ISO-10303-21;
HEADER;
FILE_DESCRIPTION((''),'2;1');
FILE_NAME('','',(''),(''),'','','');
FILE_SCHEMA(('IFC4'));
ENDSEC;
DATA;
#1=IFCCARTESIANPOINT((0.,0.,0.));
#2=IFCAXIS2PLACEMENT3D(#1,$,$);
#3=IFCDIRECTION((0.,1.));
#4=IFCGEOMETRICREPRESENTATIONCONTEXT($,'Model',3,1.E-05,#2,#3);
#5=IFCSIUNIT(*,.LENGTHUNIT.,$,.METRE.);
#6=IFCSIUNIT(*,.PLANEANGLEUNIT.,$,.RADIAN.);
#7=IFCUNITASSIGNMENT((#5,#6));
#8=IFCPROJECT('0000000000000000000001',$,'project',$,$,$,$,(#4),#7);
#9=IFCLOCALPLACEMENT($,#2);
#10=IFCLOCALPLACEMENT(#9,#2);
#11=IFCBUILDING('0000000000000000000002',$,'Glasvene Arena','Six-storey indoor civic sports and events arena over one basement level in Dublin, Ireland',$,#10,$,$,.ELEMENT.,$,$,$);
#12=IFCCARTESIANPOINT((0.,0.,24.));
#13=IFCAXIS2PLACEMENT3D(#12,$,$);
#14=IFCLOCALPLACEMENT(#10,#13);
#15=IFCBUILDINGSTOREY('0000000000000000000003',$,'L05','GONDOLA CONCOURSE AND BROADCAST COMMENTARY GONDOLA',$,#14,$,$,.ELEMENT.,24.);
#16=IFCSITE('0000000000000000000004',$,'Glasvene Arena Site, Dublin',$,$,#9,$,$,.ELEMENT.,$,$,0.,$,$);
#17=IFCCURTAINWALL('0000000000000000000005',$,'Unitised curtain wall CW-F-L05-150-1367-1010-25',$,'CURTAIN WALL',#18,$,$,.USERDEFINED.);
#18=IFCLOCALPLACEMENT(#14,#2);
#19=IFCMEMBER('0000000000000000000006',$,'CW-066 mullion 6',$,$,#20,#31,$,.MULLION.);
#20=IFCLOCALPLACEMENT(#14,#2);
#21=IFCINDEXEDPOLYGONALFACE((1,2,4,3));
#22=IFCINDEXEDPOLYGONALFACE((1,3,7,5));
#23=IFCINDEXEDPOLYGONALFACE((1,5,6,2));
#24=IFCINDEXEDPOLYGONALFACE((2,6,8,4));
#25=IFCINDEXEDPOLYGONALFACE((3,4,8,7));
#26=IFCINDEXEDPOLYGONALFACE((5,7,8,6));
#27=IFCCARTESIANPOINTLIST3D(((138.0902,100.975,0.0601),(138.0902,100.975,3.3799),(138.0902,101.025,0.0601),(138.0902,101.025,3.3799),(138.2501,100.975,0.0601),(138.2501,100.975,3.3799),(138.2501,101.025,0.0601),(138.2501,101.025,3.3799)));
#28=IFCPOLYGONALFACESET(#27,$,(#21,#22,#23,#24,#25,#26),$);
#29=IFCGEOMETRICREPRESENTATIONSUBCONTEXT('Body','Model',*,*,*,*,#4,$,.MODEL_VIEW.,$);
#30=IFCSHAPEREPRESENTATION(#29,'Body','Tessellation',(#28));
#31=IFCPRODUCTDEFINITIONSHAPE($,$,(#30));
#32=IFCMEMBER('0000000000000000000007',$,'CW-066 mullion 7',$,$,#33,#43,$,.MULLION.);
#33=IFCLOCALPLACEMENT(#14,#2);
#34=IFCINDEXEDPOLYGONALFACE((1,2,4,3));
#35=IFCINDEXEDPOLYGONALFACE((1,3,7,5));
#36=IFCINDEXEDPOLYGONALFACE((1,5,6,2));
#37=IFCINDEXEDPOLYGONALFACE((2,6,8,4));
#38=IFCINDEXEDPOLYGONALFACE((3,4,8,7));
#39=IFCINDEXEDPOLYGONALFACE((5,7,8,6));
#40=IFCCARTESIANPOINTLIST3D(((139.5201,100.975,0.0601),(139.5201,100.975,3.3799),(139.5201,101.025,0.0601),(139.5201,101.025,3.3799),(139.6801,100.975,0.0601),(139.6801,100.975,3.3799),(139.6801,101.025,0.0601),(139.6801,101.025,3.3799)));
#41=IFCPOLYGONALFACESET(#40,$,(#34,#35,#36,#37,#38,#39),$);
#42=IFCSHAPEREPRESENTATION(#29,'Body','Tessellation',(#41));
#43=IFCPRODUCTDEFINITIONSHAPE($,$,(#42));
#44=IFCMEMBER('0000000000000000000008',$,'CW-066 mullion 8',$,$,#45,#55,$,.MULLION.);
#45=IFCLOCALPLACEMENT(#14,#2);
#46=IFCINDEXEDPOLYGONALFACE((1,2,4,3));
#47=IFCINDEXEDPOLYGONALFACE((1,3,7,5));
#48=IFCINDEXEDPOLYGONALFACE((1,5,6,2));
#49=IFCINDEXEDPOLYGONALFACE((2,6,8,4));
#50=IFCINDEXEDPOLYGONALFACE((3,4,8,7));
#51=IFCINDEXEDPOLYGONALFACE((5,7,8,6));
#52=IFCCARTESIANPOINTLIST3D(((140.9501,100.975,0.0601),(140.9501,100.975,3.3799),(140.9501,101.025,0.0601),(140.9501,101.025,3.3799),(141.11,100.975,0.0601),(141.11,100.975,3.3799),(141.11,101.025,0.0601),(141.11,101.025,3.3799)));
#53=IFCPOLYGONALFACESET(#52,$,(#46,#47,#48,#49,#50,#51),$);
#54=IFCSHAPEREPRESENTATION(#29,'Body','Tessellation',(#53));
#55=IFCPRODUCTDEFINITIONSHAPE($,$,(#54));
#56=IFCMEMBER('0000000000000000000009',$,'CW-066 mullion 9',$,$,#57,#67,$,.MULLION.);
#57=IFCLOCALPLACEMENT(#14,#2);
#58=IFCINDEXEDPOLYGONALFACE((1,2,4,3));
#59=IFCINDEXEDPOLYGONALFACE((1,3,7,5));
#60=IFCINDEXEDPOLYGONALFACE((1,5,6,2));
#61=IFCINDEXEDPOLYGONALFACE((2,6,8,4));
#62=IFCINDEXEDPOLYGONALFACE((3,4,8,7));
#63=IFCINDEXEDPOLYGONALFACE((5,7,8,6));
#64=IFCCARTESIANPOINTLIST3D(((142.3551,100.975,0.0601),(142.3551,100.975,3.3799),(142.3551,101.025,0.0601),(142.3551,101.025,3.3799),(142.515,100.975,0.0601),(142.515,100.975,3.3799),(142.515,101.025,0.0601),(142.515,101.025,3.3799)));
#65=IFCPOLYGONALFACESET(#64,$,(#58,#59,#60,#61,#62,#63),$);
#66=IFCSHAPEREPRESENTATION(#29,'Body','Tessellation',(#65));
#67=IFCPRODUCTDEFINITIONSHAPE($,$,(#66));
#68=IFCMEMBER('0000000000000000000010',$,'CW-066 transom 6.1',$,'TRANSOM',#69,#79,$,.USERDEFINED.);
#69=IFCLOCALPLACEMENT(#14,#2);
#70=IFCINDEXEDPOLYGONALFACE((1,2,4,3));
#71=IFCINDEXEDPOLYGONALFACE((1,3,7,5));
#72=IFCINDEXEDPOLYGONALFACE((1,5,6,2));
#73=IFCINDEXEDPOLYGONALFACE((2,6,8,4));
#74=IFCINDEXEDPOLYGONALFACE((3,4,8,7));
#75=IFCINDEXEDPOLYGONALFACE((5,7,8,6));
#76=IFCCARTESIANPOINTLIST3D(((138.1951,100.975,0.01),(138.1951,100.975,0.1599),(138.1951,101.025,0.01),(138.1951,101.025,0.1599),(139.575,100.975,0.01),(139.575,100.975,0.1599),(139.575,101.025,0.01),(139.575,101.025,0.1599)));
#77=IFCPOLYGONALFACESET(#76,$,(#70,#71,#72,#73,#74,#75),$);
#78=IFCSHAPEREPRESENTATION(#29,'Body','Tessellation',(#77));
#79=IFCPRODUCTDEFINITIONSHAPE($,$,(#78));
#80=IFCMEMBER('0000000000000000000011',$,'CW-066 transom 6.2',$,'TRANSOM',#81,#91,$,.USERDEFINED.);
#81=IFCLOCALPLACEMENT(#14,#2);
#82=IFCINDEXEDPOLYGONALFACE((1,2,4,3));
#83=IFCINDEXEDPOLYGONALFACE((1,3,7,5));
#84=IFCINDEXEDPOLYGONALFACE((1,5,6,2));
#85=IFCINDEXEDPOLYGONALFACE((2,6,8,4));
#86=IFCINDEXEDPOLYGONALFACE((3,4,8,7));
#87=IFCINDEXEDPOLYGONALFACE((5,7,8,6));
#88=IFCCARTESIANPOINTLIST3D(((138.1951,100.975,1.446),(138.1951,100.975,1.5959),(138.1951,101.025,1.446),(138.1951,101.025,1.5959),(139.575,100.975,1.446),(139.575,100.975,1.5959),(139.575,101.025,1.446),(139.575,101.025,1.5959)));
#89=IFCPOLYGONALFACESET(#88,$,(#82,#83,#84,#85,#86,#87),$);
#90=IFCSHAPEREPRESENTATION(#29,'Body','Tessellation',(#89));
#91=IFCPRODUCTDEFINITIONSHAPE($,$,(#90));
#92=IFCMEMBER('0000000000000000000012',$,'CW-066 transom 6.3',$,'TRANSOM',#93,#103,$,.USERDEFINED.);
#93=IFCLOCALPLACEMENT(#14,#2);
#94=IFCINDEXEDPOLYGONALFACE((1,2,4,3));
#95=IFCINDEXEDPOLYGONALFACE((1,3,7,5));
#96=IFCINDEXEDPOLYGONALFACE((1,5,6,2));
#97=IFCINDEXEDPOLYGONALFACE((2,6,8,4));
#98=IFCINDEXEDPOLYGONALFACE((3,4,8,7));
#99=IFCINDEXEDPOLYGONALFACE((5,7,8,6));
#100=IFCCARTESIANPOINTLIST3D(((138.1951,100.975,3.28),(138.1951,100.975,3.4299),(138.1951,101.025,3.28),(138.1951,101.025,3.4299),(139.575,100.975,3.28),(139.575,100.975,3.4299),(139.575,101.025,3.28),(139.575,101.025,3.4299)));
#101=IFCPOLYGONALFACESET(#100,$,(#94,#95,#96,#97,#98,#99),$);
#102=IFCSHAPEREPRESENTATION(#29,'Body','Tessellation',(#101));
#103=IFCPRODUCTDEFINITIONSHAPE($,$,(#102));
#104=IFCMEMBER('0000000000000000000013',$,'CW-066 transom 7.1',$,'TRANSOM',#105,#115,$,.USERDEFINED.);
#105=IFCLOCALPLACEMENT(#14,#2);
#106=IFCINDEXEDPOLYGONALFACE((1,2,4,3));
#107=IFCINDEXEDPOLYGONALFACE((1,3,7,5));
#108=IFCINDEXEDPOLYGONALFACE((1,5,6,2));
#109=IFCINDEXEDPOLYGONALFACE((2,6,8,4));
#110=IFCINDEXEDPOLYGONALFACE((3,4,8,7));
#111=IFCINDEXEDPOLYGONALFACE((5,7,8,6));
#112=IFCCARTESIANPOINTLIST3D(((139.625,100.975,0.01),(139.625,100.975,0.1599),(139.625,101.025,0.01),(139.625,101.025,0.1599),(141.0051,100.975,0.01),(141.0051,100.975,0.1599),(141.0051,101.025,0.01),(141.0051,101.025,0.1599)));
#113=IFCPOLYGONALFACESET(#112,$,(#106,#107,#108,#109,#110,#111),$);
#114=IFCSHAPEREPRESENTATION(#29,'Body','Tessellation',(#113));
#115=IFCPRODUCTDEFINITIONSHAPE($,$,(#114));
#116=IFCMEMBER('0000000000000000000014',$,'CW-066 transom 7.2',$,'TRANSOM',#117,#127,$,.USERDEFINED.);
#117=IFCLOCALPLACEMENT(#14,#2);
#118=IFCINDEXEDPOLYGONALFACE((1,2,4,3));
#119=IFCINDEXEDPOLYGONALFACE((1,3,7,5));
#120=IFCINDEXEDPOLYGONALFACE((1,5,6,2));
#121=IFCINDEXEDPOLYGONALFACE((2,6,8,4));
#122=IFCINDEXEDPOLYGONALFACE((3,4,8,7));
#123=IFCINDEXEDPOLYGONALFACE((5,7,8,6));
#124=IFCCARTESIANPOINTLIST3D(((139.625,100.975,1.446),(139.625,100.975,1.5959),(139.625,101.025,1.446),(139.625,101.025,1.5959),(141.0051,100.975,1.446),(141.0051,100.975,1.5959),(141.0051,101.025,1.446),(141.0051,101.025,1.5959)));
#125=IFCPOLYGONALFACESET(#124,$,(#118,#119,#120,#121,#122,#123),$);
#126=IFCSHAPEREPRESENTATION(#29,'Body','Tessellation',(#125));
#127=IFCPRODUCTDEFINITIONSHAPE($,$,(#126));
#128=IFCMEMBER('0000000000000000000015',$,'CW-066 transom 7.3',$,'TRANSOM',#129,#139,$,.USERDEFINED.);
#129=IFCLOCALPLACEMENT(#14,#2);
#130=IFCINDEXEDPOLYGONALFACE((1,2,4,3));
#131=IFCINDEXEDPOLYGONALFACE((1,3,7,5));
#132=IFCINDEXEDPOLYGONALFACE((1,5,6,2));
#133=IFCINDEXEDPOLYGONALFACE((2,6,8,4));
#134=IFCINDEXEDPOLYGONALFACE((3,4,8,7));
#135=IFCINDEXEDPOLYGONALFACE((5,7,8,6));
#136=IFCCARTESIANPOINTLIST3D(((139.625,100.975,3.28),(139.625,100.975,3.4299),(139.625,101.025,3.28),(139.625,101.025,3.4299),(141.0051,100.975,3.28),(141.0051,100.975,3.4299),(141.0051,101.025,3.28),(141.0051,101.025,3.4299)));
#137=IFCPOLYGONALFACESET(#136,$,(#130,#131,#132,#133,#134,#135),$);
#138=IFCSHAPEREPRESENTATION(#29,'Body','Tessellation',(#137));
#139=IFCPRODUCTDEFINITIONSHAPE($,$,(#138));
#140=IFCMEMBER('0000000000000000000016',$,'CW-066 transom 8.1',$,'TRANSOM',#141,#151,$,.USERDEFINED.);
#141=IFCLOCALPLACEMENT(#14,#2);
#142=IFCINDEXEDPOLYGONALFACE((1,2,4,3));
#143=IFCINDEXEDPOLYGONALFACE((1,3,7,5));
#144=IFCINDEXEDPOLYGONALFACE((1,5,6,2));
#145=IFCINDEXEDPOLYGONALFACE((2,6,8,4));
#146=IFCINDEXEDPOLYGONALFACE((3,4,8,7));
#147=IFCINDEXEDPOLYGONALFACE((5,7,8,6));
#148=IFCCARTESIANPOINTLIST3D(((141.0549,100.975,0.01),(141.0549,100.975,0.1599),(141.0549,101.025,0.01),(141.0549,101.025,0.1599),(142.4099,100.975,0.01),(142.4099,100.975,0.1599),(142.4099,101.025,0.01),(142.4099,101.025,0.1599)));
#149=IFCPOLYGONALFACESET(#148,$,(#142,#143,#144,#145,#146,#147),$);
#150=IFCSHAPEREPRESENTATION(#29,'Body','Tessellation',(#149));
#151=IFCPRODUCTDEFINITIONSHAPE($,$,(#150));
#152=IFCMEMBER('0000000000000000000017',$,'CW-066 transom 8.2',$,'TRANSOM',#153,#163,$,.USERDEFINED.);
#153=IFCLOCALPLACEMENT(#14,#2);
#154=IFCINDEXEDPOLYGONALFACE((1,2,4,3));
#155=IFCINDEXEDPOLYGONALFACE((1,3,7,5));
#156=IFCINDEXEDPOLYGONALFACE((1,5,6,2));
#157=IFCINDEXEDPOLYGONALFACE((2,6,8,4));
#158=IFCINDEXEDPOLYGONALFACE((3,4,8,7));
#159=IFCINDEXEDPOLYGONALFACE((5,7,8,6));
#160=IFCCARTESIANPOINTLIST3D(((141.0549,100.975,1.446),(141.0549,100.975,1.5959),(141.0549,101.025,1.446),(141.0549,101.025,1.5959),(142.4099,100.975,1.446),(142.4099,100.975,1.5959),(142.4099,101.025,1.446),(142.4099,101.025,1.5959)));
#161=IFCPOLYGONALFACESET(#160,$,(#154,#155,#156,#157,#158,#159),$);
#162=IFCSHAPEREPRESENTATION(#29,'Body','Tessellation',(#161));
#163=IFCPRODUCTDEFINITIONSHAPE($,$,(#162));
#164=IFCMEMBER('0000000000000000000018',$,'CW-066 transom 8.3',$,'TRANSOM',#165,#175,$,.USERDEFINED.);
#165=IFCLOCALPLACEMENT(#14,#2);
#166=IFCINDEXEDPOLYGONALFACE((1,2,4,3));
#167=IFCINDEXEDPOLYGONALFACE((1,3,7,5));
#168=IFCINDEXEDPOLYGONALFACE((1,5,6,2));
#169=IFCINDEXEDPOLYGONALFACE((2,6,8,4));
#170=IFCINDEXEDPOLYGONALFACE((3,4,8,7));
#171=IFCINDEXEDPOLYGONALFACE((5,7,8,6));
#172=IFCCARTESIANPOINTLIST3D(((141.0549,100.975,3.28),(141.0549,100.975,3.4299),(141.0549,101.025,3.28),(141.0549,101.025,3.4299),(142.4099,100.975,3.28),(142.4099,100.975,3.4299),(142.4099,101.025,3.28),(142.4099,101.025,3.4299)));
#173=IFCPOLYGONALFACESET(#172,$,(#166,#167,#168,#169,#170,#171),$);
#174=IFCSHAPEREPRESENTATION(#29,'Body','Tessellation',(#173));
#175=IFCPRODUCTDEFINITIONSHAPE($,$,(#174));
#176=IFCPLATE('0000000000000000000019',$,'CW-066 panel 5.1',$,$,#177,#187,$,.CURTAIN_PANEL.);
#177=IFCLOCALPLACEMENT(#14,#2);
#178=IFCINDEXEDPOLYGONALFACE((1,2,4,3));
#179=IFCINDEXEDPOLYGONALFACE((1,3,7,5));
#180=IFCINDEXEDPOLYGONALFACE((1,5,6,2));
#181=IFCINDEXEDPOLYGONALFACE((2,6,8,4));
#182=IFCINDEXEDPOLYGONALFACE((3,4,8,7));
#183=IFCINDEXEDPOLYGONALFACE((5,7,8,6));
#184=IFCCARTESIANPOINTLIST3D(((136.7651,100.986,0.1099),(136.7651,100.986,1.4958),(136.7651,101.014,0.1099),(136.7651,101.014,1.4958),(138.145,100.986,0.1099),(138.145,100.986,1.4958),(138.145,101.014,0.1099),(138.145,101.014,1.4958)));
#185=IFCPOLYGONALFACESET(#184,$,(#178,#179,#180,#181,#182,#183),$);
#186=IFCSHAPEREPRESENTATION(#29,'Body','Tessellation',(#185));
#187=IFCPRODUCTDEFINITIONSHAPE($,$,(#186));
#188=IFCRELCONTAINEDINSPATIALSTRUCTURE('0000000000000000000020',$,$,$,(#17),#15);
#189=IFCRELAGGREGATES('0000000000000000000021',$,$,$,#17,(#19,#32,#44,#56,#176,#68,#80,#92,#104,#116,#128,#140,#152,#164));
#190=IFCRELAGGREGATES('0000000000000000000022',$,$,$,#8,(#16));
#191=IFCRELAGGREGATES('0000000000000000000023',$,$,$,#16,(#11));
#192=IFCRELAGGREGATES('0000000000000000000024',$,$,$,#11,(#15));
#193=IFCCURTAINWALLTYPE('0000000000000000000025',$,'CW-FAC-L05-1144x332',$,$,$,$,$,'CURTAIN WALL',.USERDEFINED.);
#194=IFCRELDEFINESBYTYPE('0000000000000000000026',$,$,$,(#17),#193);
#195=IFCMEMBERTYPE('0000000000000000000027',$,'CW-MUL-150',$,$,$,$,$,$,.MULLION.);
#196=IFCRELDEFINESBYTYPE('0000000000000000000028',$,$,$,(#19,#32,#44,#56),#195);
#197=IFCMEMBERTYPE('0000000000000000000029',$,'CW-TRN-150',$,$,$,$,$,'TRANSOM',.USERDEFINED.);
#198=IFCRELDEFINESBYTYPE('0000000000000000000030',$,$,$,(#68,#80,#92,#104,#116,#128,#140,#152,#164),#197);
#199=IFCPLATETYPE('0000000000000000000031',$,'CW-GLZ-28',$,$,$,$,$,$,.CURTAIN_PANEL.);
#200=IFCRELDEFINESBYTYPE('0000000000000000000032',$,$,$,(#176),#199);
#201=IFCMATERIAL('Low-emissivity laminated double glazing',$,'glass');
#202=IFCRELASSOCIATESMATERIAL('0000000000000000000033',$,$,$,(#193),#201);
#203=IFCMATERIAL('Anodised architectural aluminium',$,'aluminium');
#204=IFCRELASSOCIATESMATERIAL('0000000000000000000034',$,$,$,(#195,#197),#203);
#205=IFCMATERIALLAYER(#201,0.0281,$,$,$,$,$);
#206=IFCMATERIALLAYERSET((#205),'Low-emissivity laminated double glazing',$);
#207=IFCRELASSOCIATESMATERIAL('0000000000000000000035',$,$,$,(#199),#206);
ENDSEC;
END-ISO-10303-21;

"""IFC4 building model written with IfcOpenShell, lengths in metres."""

from ifc_helpers import new_model, si_unit, direction, frame, origin, origin_2d, place, context, subcontext, project, spatial, rectangle, extrude, material, layer, layer_set, material_profile, profile_set, type_object, element, aggregate, save


model = new_model("IFC4")

# Units and contexts
model_context = context("Model", 3, precision=1e-05, world=origin(), true_north=direction((0.0, 1.0)))
body_context = subcontext(model_context, "Body", "Model", "MODEL_VIEW")
ifc_project = project(units=[si_unit("LENGTHUNIT", "METRE"), si_unit("PLANEANGLEUNIT", "RADIAN")], contexts=[model_context])

# Site, building, storey
site_placement = place(None, origin())
site = spatial("IfcSite", under=ifc_project, at=site_placement, Name="Glasvene Arena Site, Dublin", CompositionType="ELEMENT", RefElevation=0.0)
building_placement = place(site_placement, origin())
building = spatial("IfcBuilding", under=site, at=building_placement, Name="Glasvene Arena", Description="Six-storey indoor civic sports and events arena over one basement level in Dublin, Ireland", CompositionType="ELEMENT")
storey_placement = place(building_placement, frame((0.0, 0.0, 24.0)))
storey = spatial("IfcBuildingStorey", under=building, at=storey_placement, Name="L05", Description="GONDOLA CONCOURSE AND BROADCAST COMMENTARY GONDOLA", CompositionType="ELEMENT", Elevation=24.0)

# Curtain wall, members, plate
ifc_material_1 = material(Name="Low-emissivity laminated double glazing", Category="glass")
curtain_wall_type = type_object("IfcCurtainWallType", Name="CW-FAC-L05-1144x332", ElementType="CURTAIN WALL", PredefinedType="USERDEFINED", material=ifc_material_1)
curtain_wall_placement = place(storey_placement, frame((131.0203, 101.0, 0.0)))
curtain_wall = element("IfcCurtainWall", 1, at=curtain_wall_placement, inside=storey, type_object=curtain_wall_type, Name="Unitised curtain wall CW-F-L05-150-1367-1010-25", ObjectType="CURTAIN WALL", PredefinedType="USERDEFINED")
ifc_material_2 = material(Name="Anodised architectural aluminium", Category="aluminium")
ifc_material_profile_1 = material_profile(ifc_material_2, rectangle(XDim=0.05, YDim=0.1599, at=origin_2d()), Name="ALU MULLION 50x160")
ifc_profile_set_1 = profile_set([ifc_material_profile_1], Name="Anodised architectural aluminium")
member_type_1 = type_object("IfcMemberType", Name="CW-MUL-150", PredefinedType="MULLION", material=ifc_profile_set_1)
member_1_placement = place(storey_placement, frame((138.1702, 101.0, 0.0601), z_axis=(0.0, 0.0, 1.0), x_axis=(0.0, 1.0, 0.0)))
member_1 = element("IfcMember", 2, at=member_1_placement, type_object=member_type_1, Name="CW-066 mullion 6", PredefinedType="MULLION", context=body_context, shape_type="SweptSolid", body=[
    extrude(rectangle(XDim=0.05, YDim=0.1599, at=origin_2d()), origin(), (0.0, 0.0, 1.0), 3.3198),
])
member_2_placement = place(storey_placement, frame((139.6001, 101.0, 0.0601), z_axis=(0.0, 0.0, 1.0), x_axis=(0.0, 1.0, 0.0)))
member_2 = element("IfcMember", 3, at=member_2_placement, type_object=member_type_1, Name="CW-066 mullion 7", PredefinedType="MULLION", context=body_context, shape_type="SweptSolid", body=[
    extrude(rectangle(XDim=0.05, YDim=0.1599, at=origin_2d()), origin(), (0.0, 0.0, 1.0), 3.3198),
])
member_3_placement = place(storey_placement, frame((141.03, 101.0, 0.0601), z_axis=(0.0, 0.0, 1.0), x_axis=(0.0, 1.0, 0.0)))
member_3 = element("IfcMember", 4, at=member_3_placement, type_object=member_type_1, Name="CW-066 mullion 8", PredefinedType="MULLION", context=body_context, shape_type="SweptSolid", body=[
    extrude(rectangle(XDim=0.05, YDim=0.1599, at=origin_2d()), origin(), (0.0, 0.0, 1.0), 3.3198),
])
member_4_placement = place(storey_placement, frame((142.4351, 101.0, 0.0601), z_axis=(0.0, 0.0, 1.0), x_axis=(0.0, 1.0, 0.0)))
member_4 = element("IfcMember", 5, at=member_4_placement, type_object=member_type_1, Name="CW-066 mullion 9", PredefinedType="MULLION", context=body_context, shape_type="SweptSolid", body=[
    extrude(rectangle(XDim=0.05, YDim=0.1599, at=origin_2d()), origin(), (0.0, 0.0, 1.0), 3.3198),
])
ifc_material_profile_2 = material_profile(ifc_material_2, rectangle(XDim=0.05, YDim=0.1499, at=origin_2d()), Name="ALU TRANSOM 50x150")
ifc_profile_set_2 = profile_set([ifc_material_profile_2], Name="Anodised architectural aluminium")
member_type_2 = type_object("IfcMemberType", Name="CW-TRN-150", ElementType="TRANSOM", PredefinedType="USERDEFINED", material=ifc_profile_set_2)
member_5_placement = place(storey_placement, frame((138.1951, 101.0, 0.085), z_axis=(1.0, 0.0, 0.0), x_axis=(0.0, 1.0, 0.0)))
member_5 = element("IfcMember", 6, at=member_5_placement, type_object=member_type_2, Name="CW-066 transom 6.1", ObjectType="TRANSOM", PredefinedType="USERDEFINED", context=body_context, shape_type="SweptSolid", body=[
    extrude(rectangle(XDim=0.05, YDim=0.1499, at=origin_2d()), origin(), (0.0, 0.0, 1.0), 1.3799),
])
member_6_placement = place(storey_placement, frame((138.1951, 101.0, 1.521), z_axis=(1.0, 0.0, 0.0), x_axis=(0.0, 1.0, 0.0)))
member_6 = element("IfcMember", 7, at=member_6_placement, type_object=member_type_2, Name="CW-066 transom 6.2", ObjectType="TRANSOM", PredefinedType="USERDEFINED", context=body_context, shape_type="SweptSolid", body=[
    extrude(rectangle(XDim=0.05, YDim=0.1499, at=origin_2d()), origin(), (0.0, 0.0, 1.0), 1.3799),
])
member_7_placement = place(storey_placement, frame((138.1951, 101.0, 3.355), z_axis=(1.0, 0.0, 0.0), x_axis=(0.0, 1.0, 0.0)))
member_7 = element("IfcMember", 8, at=member_7_placement, type_object=member_type_2, Name="CW-066 transom 6.3", ObjectType="TRANSOM", PredefinedType="USERDEFINED", context=body_context, shape_type="SweptSolid", body=[
    extrude(rectangle(XDim=0.05, YDim=0.1499, at=origin_2d()), origin(), (0.0, 0.0, 1.0), 1.3799),
])
member_8_placement = place(storey_placement, frame((139.625, 101.0, 0.085), z_axis=(1.0, 0.0, 0.0), x_axis=(0.0, 1.0, 0.0)))
member_8 = element("IfcMember", 9, at=member_8_placement, type_object=member_type_2, Name="CW-066 transom 7.1", ObjectType="TRANSOM", PredefinedType="USERDEFINED", context=body_context, shape_type="SweptSolid", body=[
    extrude(rectangle(XDim=0.05, YDim=0.1499, at=origin_2d()), origin(), (0.0, 0.0, 1.0), 1.3801),
])
member_9_placement = place(storey_placement, frame((139.625, 101.0, 1.521), z_axis=(1.0, 0.0, 0.0), x_axis=(0.0, 1.0, 0.0)))
member_9 = element("IfcMember", 10, at=member_9_placement, type_object=member_type_2, Name="CW-066 transom 7.2", ObjectType="TRANSOM", PredefinedType="USERDEFINED", context=body_context, shape_type="SweptSolid", body=[
    extrude(rectangle(XDim=0.05, YDim=0.1499, at=origin_2d()), origin(), (0.0, 0.0, 1.0), 1.3801),
])
member_10_placement = place(storey_placement, frame((139.625, 101.0, 3.355), z_axis=(1.0, 0.0, 0.0), x_axis=(0.0, 1.0, 0.0)))
member_10 = element("IfcMember", 11, at=member_10_placement, type_object=member_type_2, Name="CW-066 transom 7.3", ObjectType="TRANSOM", PredefinedType="USERDEFINED", context=body_context, shape_type="SweptSolid", body=[
    extrude(rectangle(XDim=0.05, YDim=0.1499, at=origin_2d()), origin(), (0.0, 0.0, 1.0), 1.3801),
])
member_11_placement = place(storey_placement, frame((141.0549, 101.0, 0.085), z_axis=(1.0, 0.0, 0.0), x_axis=(0.0, 1.0, 0.0)))
member_11 = element("IfcMember", 12, at=member_11_placement, type_object=member_type_2, Name="CW-066 transom 8.1", ObjectType="TRANSOM", PredefinedType="USERDEFINED", context=body_context, shape_type="SweptSolid", body=[
    extrude(rectangle(XDim=0.05, YDim=0.1499, at=origin_2d()), origin(), (0.0, 0.0, 1.0), 1.355),
])
member_12_placement = place(storey_placement, frame((141.0549, 101.0, 1.521), z_axis=(1.0, 0.0, 0.0), x_axis=(0.0, 1.0, 0.0)))
member_12 = element("IfcMember", 13, at=member_12_placement, type_object=member_type_2, Name="CW-066 transom 8.2", ObjectType="TRANSOM", PredefinedType="USERDEFINED", context=body_context, shape_type="SweptSolid", body=[
    extrude(rectangle(XDim=0.05, YDim=0.1499, at=origin_2d()), origin(), (0.0, 0.0, 1.0), 1.355),
])
member_13_placement = place(storey_placement, frame((141.0549, 101.0, 3.355), z_axis=(1.0, 0.0, 0.0), x_axis=(0.0, 1.0, 0.0)))
member_13 = element("IfcMember", 14, at=member_13_placement, type_object=member_type_2, Name="CW-066 transom 8.3", ObjectType="TRANSOM", PredefinedType="USERDEFINED", context=body_context, shape_type="SweptSolid", body=[
    extrude(rectangle(XDim=0.05, YDim=0.1499, at=origin_2d()), origin(), (0.0, 0.0, 1.0), 1.355),
])
ifc_layer_1 = layer(ifc_material_1, 0.0281)
ifc_layer_set_1 = layer_set([ifc_layer_1], Name="Low-emissivity laminated double glazing")
plate_type = type_object("IfcPlateType", Name="CW-GLZ-28", PredefinedType="CURTAIN_PANEL", material=ifc_layer_set_1)
plate_1_placement = place(storey_placement, frame((137.4551, 101.0, 0.1099), z_axis=(0.0, 0.0, 1.0), x_axis=(1.0, 0.0, 0.0)))
plate_1 = element("IfcPlate", 15, at=plate_1_placement, type_object=plate_type, Name="CW-066 panel 5.1", PredefinedType="CURTAIN_PANEL", context=body_context, shape_type="SweptSolid", body=[
    extrude(rectangle(XDim=1.3799, YDim=0.0281, at=origin_2d()), origin(), (0.0, 0.0, 1.0), 1.386),
])
aggregate(curtain_wall, [member_1, member_2, member_3, member_4, plate_1, member_5, member_6, member_7, member_8, member_9, member_10, member_11, member_12, member_13])

save(model, "model.ifc")
